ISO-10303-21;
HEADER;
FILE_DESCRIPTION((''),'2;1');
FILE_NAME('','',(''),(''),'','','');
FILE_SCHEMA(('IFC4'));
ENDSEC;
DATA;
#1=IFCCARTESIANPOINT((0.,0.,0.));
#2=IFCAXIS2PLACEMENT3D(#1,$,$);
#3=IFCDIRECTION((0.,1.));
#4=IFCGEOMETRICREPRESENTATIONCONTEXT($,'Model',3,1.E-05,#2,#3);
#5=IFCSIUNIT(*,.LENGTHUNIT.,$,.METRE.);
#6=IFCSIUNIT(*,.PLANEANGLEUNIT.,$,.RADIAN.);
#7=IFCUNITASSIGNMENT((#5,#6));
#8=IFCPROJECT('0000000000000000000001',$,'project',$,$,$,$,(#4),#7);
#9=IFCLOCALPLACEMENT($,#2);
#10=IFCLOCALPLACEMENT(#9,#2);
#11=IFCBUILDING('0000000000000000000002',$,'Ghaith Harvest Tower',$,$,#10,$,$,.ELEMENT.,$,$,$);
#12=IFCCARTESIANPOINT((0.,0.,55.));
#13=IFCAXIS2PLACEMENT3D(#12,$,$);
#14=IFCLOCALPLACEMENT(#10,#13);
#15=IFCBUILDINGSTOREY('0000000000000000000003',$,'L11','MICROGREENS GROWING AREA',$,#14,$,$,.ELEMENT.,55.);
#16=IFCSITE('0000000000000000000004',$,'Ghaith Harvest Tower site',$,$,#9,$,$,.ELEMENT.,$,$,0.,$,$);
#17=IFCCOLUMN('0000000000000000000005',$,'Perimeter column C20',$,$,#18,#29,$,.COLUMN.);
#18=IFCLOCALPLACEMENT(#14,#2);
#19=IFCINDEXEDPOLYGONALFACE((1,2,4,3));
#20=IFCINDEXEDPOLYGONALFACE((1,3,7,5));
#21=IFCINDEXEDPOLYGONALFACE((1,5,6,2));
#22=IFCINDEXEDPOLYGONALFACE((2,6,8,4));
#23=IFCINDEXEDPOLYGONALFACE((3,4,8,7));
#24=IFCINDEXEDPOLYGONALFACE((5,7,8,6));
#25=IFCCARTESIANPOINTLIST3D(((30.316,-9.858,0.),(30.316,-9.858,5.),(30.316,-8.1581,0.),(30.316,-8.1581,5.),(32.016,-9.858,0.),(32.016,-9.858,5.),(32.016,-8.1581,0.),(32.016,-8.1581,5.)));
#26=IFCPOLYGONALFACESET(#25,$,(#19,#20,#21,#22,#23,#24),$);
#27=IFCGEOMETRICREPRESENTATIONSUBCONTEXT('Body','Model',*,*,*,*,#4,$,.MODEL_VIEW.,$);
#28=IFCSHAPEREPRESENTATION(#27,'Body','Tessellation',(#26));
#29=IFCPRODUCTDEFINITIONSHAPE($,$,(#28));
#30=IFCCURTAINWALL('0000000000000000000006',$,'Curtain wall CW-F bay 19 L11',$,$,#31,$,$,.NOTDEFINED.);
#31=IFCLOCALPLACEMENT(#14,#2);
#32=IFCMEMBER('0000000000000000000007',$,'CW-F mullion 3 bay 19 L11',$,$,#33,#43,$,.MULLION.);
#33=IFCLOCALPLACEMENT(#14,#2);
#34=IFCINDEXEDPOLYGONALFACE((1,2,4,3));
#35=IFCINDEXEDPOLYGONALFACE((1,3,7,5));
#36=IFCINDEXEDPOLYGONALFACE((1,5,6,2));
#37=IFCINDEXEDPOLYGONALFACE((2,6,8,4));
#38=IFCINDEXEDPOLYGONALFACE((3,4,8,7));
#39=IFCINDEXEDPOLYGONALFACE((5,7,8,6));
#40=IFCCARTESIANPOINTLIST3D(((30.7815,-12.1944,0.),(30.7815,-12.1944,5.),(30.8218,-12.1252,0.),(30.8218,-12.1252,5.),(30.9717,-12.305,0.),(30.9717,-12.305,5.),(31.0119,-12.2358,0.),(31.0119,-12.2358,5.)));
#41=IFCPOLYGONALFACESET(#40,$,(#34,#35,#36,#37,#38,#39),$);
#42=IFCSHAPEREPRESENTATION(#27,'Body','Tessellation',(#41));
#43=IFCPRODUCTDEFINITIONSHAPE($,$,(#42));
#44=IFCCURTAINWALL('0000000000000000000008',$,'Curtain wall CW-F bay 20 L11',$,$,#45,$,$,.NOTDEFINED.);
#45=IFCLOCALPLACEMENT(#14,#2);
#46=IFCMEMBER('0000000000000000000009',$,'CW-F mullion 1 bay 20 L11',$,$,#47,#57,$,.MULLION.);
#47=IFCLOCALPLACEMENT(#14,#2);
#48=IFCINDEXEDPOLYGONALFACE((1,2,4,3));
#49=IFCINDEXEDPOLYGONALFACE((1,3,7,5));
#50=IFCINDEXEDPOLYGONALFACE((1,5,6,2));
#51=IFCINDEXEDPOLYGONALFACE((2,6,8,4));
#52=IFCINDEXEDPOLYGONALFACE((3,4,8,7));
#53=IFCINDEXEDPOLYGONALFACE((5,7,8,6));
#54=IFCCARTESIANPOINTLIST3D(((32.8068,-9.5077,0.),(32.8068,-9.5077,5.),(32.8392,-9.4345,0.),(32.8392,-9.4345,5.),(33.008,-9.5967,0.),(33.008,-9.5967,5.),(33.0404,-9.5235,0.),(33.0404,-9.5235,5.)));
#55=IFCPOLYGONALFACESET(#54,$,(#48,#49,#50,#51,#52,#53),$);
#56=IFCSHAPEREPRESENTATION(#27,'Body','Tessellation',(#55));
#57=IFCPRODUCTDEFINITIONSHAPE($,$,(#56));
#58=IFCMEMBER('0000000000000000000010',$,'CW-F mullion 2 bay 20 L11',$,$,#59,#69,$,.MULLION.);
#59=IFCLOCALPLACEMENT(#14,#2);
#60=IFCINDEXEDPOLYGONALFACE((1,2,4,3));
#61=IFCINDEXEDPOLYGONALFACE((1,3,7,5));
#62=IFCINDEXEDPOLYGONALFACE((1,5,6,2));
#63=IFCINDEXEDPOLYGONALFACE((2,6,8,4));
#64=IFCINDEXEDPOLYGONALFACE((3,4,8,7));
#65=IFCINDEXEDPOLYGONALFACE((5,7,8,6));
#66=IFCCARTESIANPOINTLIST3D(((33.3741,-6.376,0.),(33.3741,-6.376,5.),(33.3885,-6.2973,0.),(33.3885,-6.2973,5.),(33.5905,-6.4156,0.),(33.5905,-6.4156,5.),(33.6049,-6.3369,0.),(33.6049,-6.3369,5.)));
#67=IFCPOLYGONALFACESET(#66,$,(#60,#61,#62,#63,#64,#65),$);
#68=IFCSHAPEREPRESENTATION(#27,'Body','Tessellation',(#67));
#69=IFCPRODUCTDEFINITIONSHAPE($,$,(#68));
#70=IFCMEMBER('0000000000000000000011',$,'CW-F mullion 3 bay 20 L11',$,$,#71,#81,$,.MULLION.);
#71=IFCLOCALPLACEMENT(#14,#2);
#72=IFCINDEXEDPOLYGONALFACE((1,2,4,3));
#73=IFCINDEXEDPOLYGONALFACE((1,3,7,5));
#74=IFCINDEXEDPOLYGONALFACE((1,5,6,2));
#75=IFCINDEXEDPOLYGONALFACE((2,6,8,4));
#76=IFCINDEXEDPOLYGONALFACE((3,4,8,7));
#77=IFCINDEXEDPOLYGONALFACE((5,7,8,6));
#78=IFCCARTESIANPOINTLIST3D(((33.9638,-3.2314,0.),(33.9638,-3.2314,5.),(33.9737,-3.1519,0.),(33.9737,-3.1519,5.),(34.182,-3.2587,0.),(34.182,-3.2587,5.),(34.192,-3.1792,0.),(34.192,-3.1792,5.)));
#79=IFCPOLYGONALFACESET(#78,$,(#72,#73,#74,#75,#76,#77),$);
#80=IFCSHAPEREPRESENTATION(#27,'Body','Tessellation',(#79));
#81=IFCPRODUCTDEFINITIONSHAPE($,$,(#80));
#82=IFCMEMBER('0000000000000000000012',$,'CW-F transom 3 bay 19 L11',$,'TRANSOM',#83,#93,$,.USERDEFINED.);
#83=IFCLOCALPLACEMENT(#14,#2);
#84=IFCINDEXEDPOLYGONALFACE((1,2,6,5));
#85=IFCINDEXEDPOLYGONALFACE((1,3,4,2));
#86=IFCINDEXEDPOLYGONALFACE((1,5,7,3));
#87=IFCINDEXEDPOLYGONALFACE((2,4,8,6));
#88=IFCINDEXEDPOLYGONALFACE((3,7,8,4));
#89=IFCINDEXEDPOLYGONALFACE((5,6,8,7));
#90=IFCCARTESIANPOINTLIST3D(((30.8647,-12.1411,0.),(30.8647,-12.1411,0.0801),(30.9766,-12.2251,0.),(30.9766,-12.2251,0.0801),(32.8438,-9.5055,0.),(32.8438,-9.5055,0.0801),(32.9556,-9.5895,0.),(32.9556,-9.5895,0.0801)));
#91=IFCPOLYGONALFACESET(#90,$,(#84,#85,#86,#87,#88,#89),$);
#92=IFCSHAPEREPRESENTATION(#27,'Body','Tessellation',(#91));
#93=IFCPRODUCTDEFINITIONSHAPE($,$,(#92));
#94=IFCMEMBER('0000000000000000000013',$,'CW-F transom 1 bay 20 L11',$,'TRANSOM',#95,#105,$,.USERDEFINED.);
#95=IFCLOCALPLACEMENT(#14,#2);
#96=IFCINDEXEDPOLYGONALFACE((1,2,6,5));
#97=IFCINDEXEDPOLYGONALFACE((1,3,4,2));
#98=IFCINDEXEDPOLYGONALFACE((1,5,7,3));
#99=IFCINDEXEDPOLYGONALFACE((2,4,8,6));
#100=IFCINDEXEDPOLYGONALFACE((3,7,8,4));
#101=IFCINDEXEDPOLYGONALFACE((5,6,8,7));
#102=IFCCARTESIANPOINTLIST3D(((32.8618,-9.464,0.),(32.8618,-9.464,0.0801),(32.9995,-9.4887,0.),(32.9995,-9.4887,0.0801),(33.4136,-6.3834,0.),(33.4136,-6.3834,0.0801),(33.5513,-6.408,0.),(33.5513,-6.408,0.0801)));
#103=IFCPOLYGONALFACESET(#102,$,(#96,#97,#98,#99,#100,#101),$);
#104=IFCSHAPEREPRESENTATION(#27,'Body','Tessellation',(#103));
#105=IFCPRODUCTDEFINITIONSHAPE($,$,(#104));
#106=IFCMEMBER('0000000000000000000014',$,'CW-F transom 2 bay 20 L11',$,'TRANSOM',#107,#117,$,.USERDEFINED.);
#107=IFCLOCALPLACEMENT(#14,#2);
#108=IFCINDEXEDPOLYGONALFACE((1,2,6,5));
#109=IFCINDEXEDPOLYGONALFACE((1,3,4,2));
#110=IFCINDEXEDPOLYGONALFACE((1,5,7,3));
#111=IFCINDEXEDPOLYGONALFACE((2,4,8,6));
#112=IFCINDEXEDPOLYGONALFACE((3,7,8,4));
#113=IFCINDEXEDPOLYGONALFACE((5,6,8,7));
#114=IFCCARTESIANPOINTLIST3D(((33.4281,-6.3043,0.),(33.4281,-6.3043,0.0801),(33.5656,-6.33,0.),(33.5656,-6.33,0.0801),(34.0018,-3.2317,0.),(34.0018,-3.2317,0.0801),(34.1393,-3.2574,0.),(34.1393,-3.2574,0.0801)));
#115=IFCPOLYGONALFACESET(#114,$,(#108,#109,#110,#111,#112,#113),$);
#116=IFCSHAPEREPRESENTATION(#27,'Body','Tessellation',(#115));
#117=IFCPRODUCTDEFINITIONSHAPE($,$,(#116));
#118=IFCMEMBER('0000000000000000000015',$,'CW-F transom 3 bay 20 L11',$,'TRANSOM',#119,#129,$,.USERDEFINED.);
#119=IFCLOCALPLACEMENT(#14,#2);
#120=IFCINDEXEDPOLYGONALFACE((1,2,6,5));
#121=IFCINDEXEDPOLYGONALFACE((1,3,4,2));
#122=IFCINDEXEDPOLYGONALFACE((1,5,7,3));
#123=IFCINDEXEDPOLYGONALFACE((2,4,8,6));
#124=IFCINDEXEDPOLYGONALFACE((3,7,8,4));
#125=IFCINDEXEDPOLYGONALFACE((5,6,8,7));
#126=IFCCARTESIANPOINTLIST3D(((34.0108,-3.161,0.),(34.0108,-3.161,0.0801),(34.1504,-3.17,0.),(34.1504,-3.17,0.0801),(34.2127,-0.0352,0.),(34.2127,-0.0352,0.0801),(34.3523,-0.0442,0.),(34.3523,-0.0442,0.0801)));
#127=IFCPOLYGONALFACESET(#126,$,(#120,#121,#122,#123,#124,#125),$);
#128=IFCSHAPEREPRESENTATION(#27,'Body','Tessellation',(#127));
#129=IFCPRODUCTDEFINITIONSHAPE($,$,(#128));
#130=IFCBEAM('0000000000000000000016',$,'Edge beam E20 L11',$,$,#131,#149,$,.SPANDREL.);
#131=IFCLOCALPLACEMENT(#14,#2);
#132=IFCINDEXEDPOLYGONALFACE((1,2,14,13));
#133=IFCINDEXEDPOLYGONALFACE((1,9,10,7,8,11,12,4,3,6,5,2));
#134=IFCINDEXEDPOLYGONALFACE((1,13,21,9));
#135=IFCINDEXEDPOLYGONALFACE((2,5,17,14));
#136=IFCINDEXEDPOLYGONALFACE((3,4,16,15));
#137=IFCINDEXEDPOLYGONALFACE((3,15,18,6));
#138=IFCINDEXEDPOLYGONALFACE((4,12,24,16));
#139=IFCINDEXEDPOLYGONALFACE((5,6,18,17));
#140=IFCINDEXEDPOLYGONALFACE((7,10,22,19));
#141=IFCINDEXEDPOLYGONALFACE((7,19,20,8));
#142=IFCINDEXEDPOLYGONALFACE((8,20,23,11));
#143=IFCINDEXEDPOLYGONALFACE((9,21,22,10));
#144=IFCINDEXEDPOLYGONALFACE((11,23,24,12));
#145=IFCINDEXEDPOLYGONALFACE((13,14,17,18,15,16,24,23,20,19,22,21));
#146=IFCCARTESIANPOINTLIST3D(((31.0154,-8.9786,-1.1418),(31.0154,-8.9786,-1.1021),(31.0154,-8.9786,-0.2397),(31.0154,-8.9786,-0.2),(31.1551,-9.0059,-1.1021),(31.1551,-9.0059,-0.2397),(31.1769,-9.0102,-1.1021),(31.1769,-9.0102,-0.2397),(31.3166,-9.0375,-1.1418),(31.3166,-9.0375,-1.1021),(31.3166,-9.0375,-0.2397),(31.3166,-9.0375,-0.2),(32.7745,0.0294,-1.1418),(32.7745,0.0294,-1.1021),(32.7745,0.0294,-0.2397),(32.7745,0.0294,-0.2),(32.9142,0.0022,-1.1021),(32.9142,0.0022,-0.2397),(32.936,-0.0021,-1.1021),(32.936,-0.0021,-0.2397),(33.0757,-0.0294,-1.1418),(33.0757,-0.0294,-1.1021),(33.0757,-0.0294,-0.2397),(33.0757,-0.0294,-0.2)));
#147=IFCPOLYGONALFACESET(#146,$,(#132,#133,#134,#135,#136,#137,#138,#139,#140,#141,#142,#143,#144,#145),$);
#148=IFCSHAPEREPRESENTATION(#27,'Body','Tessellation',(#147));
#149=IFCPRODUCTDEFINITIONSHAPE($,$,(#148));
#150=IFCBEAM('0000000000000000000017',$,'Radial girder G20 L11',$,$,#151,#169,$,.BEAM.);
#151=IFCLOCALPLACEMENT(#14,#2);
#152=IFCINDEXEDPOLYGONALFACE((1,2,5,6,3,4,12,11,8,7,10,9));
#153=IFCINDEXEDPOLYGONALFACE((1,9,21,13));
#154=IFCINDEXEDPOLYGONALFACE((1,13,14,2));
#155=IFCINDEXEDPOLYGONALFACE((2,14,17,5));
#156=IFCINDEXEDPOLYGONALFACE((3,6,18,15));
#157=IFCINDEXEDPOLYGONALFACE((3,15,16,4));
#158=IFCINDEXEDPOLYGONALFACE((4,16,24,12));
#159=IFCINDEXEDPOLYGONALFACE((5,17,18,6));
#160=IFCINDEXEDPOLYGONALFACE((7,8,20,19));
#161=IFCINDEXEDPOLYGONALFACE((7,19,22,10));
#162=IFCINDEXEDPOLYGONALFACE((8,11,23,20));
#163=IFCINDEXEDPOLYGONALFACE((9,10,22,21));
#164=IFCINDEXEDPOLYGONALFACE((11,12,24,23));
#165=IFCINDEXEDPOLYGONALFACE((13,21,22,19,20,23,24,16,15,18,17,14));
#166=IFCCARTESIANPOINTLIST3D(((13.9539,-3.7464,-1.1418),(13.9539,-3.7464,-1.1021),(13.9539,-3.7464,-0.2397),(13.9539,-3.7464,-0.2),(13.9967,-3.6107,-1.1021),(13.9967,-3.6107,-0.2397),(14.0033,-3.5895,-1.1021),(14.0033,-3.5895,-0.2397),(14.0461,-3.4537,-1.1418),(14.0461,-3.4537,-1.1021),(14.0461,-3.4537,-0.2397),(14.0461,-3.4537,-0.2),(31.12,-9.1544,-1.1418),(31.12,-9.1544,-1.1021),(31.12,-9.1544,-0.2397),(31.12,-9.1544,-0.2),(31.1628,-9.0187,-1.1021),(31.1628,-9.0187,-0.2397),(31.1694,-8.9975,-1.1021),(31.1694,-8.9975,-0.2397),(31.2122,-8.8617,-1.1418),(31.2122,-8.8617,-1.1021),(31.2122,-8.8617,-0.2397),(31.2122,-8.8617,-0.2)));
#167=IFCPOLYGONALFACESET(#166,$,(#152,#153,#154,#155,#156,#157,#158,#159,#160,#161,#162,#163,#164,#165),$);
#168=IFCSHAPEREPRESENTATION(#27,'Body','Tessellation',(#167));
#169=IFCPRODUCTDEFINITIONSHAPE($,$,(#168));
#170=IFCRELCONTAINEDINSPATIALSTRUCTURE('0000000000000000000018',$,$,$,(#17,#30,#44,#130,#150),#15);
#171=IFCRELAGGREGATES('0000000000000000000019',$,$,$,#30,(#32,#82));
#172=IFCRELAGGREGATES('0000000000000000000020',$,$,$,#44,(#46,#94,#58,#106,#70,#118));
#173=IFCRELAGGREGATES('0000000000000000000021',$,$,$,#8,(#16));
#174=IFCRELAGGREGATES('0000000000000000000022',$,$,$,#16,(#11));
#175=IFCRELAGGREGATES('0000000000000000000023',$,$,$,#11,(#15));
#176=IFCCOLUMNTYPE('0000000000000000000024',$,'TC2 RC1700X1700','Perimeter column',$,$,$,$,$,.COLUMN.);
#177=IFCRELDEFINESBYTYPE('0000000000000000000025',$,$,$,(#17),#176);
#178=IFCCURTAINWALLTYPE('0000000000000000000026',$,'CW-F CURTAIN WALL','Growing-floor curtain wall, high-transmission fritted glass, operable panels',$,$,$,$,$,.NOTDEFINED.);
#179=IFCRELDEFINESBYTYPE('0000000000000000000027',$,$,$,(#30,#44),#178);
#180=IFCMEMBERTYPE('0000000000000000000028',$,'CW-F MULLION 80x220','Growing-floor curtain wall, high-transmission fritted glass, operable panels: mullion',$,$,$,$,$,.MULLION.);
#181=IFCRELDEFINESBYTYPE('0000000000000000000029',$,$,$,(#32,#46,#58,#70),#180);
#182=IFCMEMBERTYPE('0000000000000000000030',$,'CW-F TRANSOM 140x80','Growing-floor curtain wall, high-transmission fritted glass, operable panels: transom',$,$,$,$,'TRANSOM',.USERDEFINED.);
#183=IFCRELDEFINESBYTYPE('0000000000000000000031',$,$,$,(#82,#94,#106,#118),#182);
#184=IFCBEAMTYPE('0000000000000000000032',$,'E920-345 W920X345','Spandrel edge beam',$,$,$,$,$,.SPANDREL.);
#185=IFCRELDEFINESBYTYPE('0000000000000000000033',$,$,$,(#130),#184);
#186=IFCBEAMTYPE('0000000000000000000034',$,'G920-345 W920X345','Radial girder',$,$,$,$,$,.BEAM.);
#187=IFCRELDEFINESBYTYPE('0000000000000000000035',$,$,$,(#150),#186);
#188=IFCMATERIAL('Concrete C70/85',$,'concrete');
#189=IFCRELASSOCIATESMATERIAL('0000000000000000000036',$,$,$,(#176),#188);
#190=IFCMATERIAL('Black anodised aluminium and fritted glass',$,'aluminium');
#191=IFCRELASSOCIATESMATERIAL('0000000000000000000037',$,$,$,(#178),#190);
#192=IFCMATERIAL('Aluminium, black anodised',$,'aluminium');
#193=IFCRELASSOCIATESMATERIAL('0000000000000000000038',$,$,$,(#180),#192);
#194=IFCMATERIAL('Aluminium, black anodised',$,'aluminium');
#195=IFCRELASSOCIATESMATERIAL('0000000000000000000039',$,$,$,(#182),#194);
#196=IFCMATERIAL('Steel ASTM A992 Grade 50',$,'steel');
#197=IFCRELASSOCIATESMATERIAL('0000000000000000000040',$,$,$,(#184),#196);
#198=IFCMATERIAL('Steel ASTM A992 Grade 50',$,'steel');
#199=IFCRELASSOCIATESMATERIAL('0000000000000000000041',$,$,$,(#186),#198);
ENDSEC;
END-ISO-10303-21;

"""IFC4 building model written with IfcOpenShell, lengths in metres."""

from ifc_helpers import new_model, si_unit, direction, frame, origin, origin_2d, place, context, subcontext, project, spatial, rectangle, i_section, extrude, material, material_profile, profile_set, type_object, element, aggregate, save


model = new_model("IFC4")

# Units and contexts
model_context = context("Model", 3, precision=1e-05, world=origin(), true_north=direction((0.0, 1.0)))
body_context = subcontext(model_context, "Body", "Model", "MODEL_VIEW")
ifc_project = project(units=[si_unit("LENGTHUNIT", "METRE"), si_unit("PLANEANGLEUNIT", "RADIAN")], contexts=[model_context])

# Site, building, storey
site_placement = place(None, origin())
site = spatial("IfcSite", under=ifc_project, at=site_placement, Name="Ghaith Harvest Tower site", CompositionType="ELEMENT", RefElevation=0.0)
building_placement = place(site_placement, origin())
building = spatial("IfcBuilding", under=site, at=building_placement, Name="Ghaith Harvest Tower", CompositionType="ELEMENT")
storey_placement = place(building_placement, frame((0.0, 0.0, 55.0)))
storey = spatial("IfcBuildingStorey", under=building, at=storey_placement, Name="L11", Description="MICROGREENS GROWING AREA", CompositionType="ELEMENT", Elevation=55.0)

# Column
ifc_material_1 = material(Name="Concrete C70/85", Category="concrete")
ifc_material_profile_1 = material_profile(ifc_material_1, rectangle(XDim=1.7, YDim=1.7, at=origin_2d()), Name="RC1700X1700")
ifc_profile_set_1 = profile_set([ifc_material_profile_1], Name="Concrete C70/85")
column_type = type_object("IfcColumnType", Name="TC2 RC1700X1700", Description="Perimeter column", PredefinedType="COLUMN", material=ifc_profile_set_1)
column_placement = place(storey_placement, frame((31.166, -9.0081, 0.0), z_axis=(0.0, 0.0, 1.0), x_axis=(1.0, 0.0, 0.0)))
element("IfcColumn", 1, at=column_placement, inside=storey, type_object=column_type, Name="Perimeter column C20", PredefinedType="COLUMN", context=body_context, shape_type="SweptSolid", body=[
    extrude(rectangle(XDim=1.7, YDim=1.7, at=origin_2d()), origin(), (0.0, 0.0, 1.0), 5.0),
])

# Curtain wall, member
ifc_material_2 = material(Name="Black anodised aluminium and fritted glass", Category="aluminium")
curtain_wall_type = type_object("IfcCurtainWallType", Name="CW-F CURTAIN WALL", Description="Growing-floor curtain wall, high-transmission fritted glass, operable panels", PredefinedType="NOTDEFINED", material=ifc_material_2)
curtain_wall_1_placement = place(storey_placement, origin())
curtain_wall_1 = element("IfcCurtainWall", 2, at=curtain_wall_1_placement, inside=storey, type_object=curtain_wall_type, Name="Curtain wall CW-F bay 19 L11", PredefinedType="NOTDEFINED")
ifc_material_3 = material(Name="Aluminium, black anodised", Category="aluminium")
ifc_material_profile_2 = material_profile(ifc_material_3, rectangle(XDim=0.0801, YDim=0.22, at=origin_2d()), Name="CW-F MULLION 80x220")
ifc_profile_set_2 = profile_set([ifc_material_profile_2], Name="Aluminium, black anodised")
member_type_1 = type_object("IfcMemberType", Name="CW-F MULLION 80x220", Description="Growing-floor curtain wall, high-transmission fritted glass, operable panels: mullion", PredefinedType="MULLION", material=ifc_profile_set_2)
member_1_placement = place(storey_placement, frame((30.8967, -12.2151, 0.0), z_axis=(0.0, 0.0, 1.0), x_axis=(0.502795, 0.864406, 0.0)))
member_1 = element("IfcMember", 3, at=member_1_placement, type_object=member_type_1, Name="CW-F mullion 3 bay 19 L11", PredefinedType="MULLION", context=body_context, shape_type="SweptSolid", body=[
    extrude(rectangle(XDim=0.0801, YDim=0.22, at=origin_2d()), origin(), (0.0, 0.0, 1.0), 5.0),
])

# Curtain wall, members
curtain_wall_2_placement = place(storey_placement, origin())
curtain_wall_2 = element("IfcCurtainWall", 4, at=curtain_wall_2_placement, inside=storey, type_object=curtain_wall_type, Name="Curtain wall CW-F bay 20 L11", PredefinedType="NOTDEFINED")
member_2_placement = place(storey_placement, frame((32.9236, -9.5156, 0.0), z_axis=(0.0, 0.0, 1.0), x_axis=(0.404702, 0.914449, 0.0)))
member_2 = element("IfcMember", 5, at=member_2_placement, type_object=member_type_1, Name="CW-F mullion 1 bay 20 L11", PredefinedType="MULLION", context=body_context, shape_type="SweptSolid", body=[
    extrude(rectangle(XDim=0.0801, YDim=0.22, at=origin_2d()), origin(), (0.0, 0.0, 1.0), 5.0),
])
member_3_placement = place(storey_placement, frame((33.4895, -6.3564, 0.0), z_axis=(0.0, 0.0, 1.0), x_axis=(0.179943, 0.983677, 0.0)))
member_3 = element("IfcMember", 6, at=member_3_placement, type_object=member_type_1, Name="CW-F mullion 2 bay 20 L11", PredefinedType="MULLION", context=body_context, shape_type="SweptSolid", body=[
    extrude(rectangle(XDim=0.0801, YDim=0.22, at=origin_2d()), origin(), (0.0, 0.0, 1.0), 5.0),
])
member_4_placement = place(storey_placement, frame((34.0779, -3.2053, 0.0), z_axis=(0.0, 0.0, 1.0), x_axis=(0.12417, 0.992261, 0.0)))
member_4 = element("IfcMember", 7, at=member_4_placement, type_object=member_type_1, Name="CW-F mullion 3 bay 20 L11", PredefinedType="MULLION", context=body_context, shape_type="SweptSolid", body=[
    extrude(rectangle(XDim=0.0801, YDim=0.22, at=origin_2d()), origin(), (0.0, 0.0, 1.0), 5.0),
])

# Members
ifc_material_4 = material(Name="Aluminium, black anodised", Category="aluminium")
ifc_material_profile_3 = material_profile(ifc_material_4, rectangle(XDim=0.1399, YDim=0.0801, at=origin_2d()), Name="CW-F TRANSOM 140x80")
ifc_profile_set_3 = profile_set([ifc_material_profile_3], Name="Aluminium, black anodised")
member_type_2 = type_object("IfcMemberType", Name="CW-F TRANSOM 140x80", Description="Growing-floor curtain wall, high-transmission fritted glass, operable panels: transom", ElementType="TRANSOM", PredefinedType="USERDEFINED", material=ifc_profile_set_3)
member_5_placement = place(storey_placement, frame((30.9207, -12.1831, 0.04), z_axis=(0.600462, 0.799653, 0.0), x_axis=(-0.799653, 0.600462, 0.0)))
member_5 = element("IfcMember", 8, at=member_5_placement, type_object=member_type_2, Name="CW-F transom 3 bay 19 L11", ObjectType="TRANSOM", PredefinedType="USERDEFINED", context=body_context, shape_type="SweptSolid", body=[
    extrude(rectangle(XDim=0.1399, YDim=0.0801, at=origin_2d()), origin(), (0.0, 0.0, 1.0), 3.2959),
])
member_6_placement = place(storey_placement, frame((32.9307, -9.4763, 0.04), z_axis=(0.176304, 0.984336, 0.0), x_axis=(-0.984336, 0.176304, 0.0)))
member_6 = element("IfcMember", 9, at=member_6_placement, type_object=member_type_2, Name="CW-F transom 1 bay 20 L11", ObjectType="TRANSOM", PredefinedType="USERDEFINED", context=body_context, shape_type="SweptSolid", body=[
    extrude(rectangle(XDim=0.1399, YDim=0.0801, at=origin_2d()), origin(), (0.0, 0.0, 1.0), 3.1296),
])
member_7_placement = place(storey_placement, frame((33.4968, -6.3171, 0.04), z_axis=(0.183557, 0.983009, 0.0), x_axis=(-0.983009, 0.183557, 0.0)))
member_7 = element("IfcMember", 10, at=member_7_placement, type_object=member_type_2, Name="CW-F transom 2 bay 20 L11", ObjectType="TRANSOM", PredefinedType="USERDEFINED", context=body_context, shape_type="SweptSolid", body=[
    extrude(rectangle(XDim=0.1399, YDim=0.0801, at=origin_2d()), origin(), (0.0, 0.0, 1.0), 3.1257),
])
member_8_placement = place(storey_placement, frame((34.0806, -3.1655, 0.04), z_axis=(0.06446, 0.99792, 0.0), x_axis=(-0.99792, 0.06446, 0.0)))
member_8 = element("IfcMember", 11, at=member_8_placement, type_object=member_type_2, Name="CW-F transom 3 bay 20 L11", ObjectType="TRANSOM", PredefinedType="USERDEFINED", context=body_context, shape_type="SweptSolid", body=[
    extrude(rectangle(XDim=0.1399, YDim=0.0801, at=origin_2d()), origin(), (0.0, 0.0, 1.0), 3.1323),
])

# Beams
ifc_material_5 = material(Name="Steel ASTM A992 Grade 50", Category="steel")
ifc_material_profile_4 = material_profile(ifc_material_5, i_section(OverallWidth=0.3069, OverallDepth=0.9419, WebThickness=0.0222, FlangeThickness=0.0398, at=origin_2d()), Name="W920X345")
ifc_profile_set_4 = profile_set([ifc_material_profile_4], Name="Steel ASTM A992 Grade 50")
beam_type_1 = type_object("IfcBeamType", Name="E920-345 W920X345", Description="Spandrel edge beam", PredefinedType="SPANDREL", material=ifc_profile_set_4)
beam_1_placement = place(storey_placement, frame((31.166, -9.0081, -0.6709), z_axis=(0.191653, 0.981463, 0.0), x_axis=(-0.981463, 0.191653, 0.0)))
element("IfcBeam", 12, at=beam_1_placement, inside=storey, type_object=beam_type_1, Name="Edge beam E20 L11", PredefinedType="SPANDREL", context=body_context, shape_type="SweptSolid", body=[
    extrude(i_section(OverallWidth=0.3069, OverallDepth=0.9419, WebThickness=0.0222, FlangeThickness=0.0398, at=origin_2d()), origin(), (0.0, 0.0, 1.0), 9.1782),
])
ifc_material_6 = material(Name="Steel ASTM A992 Grade 50", Category="steel")
ifc_material_profile_5 = material_profile(ifc_material_6, i_section(OverallWidth=0.3069, OverallDepth=0.9419, WebThickness=0.0222, FlangeThickness=0.0398, at=origin_2d()), Name="W920X345")
ifc_profile_set_5 = profile_set([ifc_material_profile_5], Name="Steel ASTM A992 Grade 50")
beam_type_2 = type_object("IfcBeamType", Name="G920-345 W920X345", Description="Radial girder", PredefinedType="BEAM", material=ifc_profile_set_5)
beam_2_placement = place(storey_placement, frame((14.0, -3.6001, -0.6709), z_axis=(0.953788, -0.30048, 0.0), x_axis=(0.30048, 0.953788, 0.0)))
element("IfcBeam", 13, at=beam_2_placement, inside=storey, type_object=beam_type_2, Name="Radial girder G20 L11", PredefinedType="BEAM", context=body_context, shape_type="SweptSolid", body=[
    extrude(i_section(OverallWidth=0.3069, OverallDepth=0.9419, WebThickness=0.0222, FlangeThickness=0.0398, at=origin_2d()), origin(), (0.0, 0.0, 1.0), 17.9978),
])

aggregate(curtain_wall_1, [member_1, member_5])
aggregate(curtain_wall_2, [member_2, member_6, member_3, member_7, member_4, member_8])

save(model, "model.ifc")
